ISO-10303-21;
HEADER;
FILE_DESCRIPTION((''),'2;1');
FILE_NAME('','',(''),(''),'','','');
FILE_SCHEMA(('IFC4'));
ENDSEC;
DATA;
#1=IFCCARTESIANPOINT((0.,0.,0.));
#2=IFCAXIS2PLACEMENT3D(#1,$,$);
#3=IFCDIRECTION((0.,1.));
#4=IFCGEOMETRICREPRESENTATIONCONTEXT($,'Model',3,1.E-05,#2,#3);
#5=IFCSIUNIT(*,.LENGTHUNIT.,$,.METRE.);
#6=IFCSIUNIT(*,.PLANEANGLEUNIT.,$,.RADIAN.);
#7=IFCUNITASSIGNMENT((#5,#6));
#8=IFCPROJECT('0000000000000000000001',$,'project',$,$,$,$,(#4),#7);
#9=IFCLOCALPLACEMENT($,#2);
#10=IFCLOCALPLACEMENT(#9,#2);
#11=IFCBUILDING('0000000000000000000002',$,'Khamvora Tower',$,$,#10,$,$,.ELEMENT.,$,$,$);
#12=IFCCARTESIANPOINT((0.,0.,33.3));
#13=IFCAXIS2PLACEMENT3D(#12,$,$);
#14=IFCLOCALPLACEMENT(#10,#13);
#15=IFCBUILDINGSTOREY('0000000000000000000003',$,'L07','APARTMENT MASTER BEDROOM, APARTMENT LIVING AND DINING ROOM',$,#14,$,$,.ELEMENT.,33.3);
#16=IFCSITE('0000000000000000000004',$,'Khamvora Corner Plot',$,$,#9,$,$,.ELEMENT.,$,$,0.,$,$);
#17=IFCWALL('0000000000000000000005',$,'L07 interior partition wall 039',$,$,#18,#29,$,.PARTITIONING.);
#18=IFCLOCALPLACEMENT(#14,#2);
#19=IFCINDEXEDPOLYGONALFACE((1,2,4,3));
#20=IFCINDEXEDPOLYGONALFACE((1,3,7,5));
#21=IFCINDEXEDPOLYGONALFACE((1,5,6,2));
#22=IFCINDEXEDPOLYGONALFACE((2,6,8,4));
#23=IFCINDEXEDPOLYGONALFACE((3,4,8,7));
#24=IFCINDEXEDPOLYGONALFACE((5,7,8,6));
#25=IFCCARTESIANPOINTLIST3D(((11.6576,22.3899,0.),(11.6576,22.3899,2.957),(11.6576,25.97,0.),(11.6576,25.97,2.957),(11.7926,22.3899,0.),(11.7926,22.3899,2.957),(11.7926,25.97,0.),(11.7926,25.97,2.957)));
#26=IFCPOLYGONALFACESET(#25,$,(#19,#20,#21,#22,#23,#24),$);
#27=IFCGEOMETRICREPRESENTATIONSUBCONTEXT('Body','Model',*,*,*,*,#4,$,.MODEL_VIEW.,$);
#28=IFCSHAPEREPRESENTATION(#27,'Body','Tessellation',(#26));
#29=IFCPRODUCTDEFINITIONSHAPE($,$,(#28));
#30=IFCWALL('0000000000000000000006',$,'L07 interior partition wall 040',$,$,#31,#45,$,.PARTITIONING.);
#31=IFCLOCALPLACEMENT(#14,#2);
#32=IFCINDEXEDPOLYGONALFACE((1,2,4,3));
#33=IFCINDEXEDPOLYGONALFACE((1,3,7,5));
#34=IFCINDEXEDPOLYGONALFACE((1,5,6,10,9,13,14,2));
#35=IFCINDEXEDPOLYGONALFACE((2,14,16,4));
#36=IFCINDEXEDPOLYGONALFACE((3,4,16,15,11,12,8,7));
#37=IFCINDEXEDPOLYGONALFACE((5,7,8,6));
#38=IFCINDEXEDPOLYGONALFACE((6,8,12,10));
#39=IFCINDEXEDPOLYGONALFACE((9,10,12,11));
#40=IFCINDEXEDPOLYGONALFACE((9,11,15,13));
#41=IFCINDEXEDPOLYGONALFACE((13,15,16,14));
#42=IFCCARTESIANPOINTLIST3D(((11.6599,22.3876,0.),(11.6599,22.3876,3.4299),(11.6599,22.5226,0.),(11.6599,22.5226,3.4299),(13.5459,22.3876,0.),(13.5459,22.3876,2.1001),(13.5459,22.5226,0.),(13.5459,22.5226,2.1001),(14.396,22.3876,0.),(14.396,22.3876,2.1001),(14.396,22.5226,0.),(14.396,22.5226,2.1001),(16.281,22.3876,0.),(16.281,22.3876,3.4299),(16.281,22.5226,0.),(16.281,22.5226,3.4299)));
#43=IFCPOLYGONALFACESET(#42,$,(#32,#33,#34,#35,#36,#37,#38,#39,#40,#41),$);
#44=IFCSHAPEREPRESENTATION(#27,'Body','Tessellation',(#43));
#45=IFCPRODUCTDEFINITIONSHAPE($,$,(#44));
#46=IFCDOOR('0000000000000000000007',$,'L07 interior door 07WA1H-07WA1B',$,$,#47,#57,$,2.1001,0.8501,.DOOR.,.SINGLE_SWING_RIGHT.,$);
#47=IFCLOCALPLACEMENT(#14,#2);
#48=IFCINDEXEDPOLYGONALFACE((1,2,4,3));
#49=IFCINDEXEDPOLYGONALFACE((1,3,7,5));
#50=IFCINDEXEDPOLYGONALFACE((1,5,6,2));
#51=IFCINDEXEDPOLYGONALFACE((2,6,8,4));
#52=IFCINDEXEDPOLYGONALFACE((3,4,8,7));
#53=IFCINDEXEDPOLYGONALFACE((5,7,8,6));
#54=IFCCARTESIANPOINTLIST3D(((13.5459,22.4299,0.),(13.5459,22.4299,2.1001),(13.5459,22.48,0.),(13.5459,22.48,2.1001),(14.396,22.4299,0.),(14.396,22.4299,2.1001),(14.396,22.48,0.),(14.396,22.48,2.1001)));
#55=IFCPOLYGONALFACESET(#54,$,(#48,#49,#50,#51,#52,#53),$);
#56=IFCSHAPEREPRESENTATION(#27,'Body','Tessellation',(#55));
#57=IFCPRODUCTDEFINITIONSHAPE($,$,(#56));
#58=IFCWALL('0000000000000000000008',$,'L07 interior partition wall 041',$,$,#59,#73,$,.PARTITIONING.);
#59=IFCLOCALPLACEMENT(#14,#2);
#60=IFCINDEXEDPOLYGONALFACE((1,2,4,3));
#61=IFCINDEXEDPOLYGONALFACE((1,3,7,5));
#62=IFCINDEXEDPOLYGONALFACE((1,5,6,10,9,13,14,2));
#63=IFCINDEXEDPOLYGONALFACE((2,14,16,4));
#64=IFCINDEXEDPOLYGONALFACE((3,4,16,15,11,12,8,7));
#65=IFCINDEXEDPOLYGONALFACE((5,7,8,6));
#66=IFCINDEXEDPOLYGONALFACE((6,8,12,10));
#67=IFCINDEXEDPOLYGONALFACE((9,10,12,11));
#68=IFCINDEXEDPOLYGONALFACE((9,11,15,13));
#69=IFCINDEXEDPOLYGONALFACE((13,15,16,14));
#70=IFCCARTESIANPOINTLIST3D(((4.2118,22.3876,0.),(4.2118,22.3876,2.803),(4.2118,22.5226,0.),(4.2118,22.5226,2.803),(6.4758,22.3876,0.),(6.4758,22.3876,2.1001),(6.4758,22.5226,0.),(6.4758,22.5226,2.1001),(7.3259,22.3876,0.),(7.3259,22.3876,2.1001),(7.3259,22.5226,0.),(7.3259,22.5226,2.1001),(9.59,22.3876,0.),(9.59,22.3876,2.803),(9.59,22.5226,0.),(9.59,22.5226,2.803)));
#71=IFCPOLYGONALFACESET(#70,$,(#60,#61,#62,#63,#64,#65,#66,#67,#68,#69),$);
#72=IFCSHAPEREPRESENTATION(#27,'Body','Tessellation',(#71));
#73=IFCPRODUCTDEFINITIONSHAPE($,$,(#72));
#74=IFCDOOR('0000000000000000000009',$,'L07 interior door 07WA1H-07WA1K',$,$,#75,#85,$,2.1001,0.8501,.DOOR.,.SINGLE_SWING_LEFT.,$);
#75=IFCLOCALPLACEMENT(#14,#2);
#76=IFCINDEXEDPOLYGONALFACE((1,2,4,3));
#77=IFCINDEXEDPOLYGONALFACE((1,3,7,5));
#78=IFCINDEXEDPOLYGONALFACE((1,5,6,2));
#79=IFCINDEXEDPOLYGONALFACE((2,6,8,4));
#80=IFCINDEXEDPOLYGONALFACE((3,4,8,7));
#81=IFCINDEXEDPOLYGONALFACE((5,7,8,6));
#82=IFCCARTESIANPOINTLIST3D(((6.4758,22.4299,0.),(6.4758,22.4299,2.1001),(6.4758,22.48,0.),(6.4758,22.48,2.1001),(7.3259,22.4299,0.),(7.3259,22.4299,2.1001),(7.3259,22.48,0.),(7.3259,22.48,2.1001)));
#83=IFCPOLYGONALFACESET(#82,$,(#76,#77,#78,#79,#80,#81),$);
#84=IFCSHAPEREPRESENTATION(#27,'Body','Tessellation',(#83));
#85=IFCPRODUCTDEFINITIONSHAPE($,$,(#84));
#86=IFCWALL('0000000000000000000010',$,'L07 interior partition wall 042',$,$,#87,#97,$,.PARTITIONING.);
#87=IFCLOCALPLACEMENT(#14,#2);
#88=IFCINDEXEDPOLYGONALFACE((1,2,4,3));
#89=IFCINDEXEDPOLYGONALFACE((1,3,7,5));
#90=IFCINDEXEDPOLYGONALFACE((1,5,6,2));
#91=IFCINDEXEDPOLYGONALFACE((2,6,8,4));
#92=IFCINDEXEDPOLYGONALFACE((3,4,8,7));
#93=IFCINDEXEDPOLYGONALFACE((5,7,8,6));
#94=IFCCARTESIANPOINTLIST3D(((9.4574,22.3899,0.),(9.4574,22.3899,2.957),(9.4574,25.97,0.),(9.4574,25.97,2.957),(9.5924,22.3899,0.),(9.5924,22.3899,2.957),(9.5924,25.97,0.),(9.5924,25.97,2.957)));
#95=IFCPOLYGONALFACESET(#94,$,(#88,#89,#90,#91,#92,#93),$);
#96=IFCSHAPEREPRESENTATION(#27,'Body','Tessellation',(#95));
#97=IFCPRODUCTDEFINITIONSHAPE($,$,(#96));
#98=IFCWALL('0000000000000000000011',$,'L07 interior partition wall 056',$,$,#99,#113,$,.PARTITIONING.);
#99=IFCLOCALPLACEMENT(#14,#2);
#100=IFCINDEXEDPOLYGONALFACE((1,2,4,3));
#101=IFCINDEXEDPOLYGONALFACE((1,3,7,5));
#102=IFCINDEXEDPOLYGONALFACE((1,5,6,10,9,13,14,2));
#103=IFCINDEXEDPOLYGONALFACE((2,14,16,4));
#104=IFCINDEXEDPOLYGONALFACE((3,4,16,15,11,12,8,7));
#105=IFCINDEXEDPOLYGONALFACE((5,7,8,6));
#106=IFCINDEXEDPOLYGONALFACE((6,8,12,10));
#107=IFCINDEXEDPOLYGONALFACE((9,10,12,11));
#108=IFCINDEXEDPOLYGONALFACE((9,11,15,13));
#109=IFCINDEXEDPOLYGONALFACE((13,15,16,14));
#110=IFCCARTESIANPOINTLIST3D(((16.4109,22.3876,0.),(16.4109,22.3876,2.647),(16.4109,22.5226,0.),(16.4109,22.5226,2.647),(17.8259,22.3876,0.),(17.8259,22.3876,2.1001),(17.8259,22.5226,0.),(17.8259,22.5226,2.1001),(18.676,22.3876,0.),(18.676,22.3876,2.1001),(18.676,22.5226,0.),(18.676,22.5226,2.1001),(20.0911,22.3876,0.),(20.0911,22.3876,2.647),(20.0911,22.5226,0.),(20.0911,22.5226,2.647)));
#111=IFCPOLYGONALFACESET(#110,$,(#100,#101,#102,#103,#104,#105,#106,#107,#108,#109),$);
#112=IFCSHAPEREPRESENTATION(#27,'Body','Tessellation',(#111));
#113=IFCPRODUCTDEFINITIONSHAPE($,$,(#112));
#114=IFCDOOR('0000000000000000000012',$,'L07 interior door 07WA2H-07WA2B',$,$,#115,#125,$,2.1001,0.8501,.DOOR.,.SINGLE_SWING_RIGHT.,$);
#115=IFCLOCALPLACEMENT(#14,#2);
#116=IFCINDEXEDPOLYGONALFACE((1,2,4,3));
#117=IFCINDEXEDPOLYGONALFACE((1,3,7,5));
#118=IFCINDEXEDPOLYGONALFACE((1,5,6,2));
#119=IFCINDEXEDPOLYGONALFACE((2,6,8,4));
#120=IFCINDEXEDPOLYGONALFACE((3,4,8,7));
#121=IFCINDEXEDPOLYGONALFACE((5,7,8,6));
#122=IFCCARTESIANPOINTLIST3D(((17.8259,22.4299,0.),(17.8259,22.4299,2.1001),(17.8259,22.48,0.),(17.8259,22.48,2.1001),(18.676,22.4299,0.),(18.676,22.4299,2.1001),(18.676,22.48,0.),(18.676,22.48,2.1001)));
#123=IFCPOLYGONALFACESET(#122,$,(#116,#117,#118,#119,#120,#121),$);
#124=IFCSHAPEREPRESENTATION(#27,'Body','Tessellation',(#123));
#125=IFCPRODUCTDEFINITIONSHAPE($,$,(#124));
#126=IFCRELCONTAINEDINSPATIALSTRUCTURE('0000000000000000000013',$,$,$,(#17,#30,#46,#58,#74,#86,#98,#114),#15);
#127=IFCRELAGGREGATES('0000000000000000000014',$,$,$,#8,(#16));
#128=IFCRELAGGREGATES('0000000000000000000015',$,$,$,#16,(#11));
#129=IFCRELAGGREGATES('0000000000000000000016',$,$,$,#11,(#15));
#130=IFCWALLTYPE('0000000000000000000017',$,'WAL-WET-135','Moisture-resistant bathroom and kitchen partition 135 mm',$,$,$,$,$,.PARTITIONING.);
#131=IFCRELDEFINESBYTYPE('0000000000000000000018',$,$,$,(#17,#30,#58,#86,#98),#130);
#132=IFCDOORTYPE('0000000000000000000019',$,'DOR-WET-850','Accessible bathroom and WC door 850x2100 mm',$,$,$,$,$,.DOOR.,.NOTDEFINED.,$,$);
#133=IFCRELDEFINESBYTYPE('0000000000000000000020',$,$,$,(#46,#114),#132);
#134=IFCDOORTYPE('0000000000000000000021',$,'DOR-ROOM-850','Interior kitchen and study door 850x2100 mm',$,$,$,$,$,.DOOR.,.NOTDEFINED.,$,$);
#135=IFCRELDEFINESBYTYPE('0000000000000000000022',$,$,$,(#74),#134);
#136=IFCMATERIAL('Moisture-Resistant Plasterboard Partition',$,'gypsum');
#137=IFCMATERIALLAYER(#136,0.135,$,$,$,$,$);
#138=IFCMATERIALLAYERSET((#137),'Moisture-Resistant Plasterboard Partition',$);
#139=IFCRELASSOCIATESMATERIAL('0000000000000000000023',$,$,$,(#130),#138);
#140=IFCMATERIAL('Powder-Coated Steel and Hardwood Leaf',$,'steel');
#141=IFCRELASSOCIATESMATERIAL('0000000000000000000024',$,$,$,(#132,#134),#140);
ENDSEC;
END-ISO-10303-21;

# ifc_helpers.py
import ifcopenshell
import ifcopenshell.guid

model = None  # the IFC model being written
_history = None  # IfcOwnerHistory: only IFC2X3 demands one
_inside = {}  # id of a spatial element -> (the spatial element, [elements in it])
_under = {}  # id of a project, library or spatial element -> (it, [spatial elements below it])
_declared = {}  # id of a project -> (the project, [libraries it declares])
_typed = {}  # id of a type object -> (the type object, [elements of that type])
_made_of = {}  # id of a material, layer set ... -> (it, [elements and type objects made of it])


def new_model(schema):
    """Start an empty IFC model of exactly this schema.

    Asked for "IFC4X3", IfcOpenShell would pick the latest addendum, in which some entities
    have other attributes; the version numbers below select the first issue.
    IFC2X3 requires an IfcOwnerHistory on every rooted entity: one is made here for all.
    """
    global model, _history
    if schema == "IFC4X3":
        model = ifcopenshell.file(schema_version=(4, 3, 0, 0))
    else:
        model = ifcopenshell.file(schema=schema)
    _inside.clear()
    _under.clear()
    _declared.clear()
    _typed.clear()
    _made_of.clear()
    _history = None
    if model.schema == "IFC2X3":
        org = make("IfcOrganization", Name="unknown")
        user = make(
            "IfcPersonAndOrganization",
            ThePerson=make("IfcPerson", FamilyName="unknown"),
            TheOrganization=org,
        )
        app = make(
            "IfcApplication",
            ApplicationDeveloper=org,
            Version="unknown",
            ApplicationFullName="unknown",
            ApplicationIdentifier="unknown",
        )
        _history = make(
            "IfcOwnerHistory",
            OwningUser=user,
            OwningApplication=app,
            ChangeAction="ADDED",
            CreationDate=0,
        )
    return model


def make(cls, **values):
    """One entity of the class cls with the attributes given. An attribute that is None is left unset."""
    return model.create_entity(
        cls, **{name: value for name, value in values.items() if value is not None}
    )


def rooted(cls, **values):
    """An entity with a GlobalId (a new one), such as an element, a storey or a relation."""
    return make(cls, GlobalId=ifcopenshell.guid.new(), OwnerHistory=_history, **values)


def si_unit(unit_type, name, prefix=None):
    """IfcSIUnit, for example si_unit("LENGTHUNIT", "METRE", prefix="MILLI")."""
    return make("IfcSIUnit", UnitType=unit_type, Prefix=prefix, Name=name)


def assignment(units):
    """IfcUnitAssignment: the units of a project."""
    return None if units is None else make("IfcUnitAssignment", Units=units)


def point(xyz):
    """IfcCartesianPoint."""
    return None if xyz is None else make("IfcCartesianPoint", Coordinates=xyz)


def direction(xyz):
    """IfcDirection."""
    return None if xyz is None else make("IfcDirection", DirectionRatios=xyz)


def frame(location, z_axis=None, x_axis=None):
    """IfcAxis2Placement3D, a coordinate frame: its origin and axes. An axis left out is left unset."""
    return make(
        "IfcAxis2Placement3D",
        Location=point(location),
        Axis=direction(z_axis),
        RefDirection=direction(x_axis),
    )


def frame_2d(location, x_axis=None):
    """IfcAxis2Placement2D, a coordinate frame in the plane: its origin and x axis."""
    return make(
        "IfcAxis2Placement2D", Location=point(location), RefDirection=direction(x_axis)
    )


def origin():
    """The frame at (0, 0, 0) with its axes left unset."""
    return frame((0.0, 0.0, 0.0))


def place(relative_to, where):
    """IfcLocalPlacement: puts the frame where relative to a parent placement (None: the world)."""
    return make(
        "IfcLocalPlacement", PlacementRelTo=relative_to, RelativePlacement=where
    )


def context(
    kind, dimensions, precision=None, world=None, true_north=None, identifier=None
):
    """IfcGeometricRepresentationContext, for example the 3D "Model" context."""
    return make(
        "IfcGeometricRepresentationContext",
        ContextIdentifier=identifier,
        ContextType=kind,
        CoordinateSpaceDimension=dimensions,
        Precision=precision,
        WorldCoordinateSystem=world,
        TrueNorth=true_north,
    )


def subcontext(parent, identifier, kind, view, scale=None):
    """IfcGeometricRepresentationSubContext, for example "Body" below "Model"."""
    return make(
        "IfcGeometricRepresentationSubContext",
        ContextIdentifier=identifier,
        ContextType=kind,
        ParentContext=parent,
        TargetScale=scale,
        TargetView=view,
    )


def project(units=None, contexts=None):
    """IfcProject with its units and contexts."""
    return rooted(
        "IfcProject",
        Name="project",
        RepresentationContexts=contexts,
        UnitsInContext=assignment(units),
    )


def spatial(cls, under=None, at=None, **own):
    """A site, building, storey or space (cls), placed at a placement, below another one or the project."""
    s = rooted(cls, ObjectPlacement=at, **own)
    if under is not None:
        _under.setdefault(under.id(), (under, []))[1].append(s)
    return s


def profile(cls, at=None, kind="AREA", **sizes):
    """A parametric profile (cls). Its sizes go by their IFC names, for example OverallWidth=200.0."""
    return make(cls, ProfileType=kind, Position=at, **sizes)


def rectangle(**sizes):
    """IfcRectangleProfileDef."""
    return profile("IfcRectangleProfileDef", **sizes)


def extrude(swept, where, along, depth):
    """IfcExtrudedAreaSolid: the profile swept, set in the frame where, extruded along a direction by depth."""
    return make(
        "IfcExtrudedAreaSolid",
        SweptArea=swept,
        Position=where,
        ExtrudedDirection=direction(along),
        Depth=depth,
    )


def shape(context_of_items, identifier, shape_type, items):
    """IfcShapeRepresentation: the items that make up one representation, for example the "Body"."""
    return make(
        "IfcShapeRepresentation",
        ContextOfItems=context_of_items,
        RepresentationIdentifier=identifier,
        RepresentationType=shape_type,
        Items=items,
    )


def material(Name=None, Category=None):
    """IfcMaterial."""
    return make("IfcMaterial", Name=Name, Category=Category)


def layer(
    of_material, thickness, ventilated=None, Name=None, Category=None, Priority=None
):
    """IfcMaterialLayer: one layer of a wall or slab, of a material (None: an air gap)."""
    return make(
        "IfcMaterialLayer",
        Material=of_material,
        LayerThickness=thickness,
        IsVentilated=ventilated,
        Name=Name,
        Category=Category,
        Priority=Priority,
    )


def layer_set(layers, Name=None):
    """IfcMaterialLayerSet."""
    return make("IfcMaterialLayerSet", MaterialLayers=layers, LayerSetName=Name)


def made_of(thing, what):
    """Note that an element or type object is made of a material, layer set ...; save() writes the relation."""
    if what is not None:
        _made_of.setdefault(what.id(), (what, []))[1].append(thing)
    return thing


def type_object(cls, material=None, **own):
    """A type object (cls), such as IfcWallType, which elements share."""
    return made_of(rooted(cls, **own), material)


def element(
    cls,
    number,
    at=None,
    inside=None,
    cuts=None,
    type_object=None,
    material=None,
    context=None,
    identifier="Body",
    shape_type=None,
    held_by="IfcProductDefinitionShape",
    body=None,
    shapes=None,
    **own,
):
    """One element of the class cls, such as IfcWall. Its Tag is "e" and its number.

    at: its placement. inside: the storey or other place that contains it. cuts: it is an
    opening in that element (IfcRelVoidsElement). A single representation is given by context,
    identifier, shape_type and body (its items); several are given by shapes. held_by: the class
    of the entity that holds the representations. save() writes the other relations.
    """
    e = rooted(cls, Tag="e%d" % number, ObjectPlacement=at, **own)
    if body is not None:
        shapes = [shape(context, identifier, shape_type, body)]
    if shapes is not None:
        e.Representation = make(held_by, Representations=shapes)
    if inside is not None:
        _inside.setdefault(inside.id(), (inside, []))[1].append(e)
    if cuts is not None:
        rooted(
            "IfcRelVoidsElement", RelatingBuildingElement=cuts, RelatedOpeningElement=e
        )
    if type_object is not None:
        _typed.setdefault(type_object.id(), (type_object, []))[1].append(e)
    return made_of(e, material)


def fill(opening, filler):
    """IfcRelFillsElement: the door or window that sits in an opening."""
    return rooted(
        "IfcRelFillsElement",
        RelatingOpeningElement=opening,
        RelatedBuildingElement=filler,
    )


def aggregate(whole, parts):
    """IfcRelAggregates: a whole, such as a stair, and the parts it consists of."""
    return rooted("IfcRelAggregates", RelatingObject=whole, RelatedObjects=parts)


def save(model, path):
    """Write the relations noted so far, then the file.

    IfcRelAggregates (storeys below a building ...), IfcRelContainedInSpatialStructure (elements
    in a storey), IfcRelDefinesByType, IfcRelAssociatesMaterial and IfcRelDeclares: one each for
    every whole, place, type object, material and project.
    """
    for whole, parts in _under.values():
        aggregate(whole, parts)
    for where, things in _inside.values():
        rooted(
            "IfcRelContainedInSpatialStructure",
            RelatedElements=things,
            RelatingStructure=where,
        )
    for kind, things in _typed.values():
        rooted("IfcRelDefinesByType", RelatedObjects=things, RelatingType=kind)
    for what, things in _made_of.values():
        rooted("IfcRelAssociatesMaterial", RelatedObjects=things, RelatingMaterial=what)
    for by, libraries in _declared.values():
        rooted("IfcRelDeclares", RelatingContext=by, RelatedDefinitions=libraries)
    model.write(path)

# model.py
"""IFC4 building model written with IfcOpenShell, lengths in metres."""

from ifc_helpers import new_model, si_unit, direction, frame, frame_2d, origin, place, context, subcontext, project, spatial, rectangle, extrude, material, layer, layer_set, type_object, element, fill, save


model = new_model("IFC4")

# Units and contexts
model_context = context("Model", 3, precision=1e-05, world=origin(), true_north=direction((0.0, 1.0)))
body_context = subcontext(model_context, "Body", "Model", "MODEL_VIEW")
ifc_project = project(units=[si_unit("LENGTHUNIT", "METRE"), si_unit("PLANEANGLEUNIT", "RADIAN")], contexts=[model_context])

# Site, building, storey
site_placement = place(None, origin())
site = spatial("IfcSite", under=ifc_project, at=site_placement, Name="Khamvora Corner Plot", CompositionType="ELEMENT", RefElevation=0.0)
building_placement = place(site_placement, origin())
building = spatial("IfcBuilding", under=site, at=building_placement, Name="Khamvora Tower", CompositionType="ELEMENT")
storey_placement = place(building_placement, frame((0.0, 0.0, 33.3)))
storey = spatial("IfcBuildingStorey", under=building, at=storey_placement, Name="L07", Description="APARTMENT MASTER BEDROOM, APARTMENT LIVING AND DINING ROOM", CompositionType="ELEMENT", Elevation=33.3)

# Shared definitions
ifc_material_1 = material(Name="Powder-Coated Steel and Hardwood Leaf", Category="steel")

# Wall
ifc_material_2 = material(Name="Moisture-Resistant Plasterboard Partition", Category="gypsum")
ifc_layer_1 = layer(ifc_material_2, 0.135)
ifc_layer_set_1 = layer_set([ifc_layer_1], Name="Moisture-Resistant Plasterboard Partition")
wall_type_1 = type_object("IfcWallType", Name="WAL-WET-135", Description="Moisture-resistant bathroom and kitchen partition 135 mm", PredefinedType="PARTITIONING", material=ifc_layer_set_1)
wall_1_placement = place(storey_placement, frame((11.7251, 25.97, 0.0), z_axis=(0.0, 0.0, 1.0), x_axis=(0.0, -1.0, 0.0)))
element("IfcWall", 1, at=wall_1_placement, inside=storey, type_object=wall_type_1, Name="L07 interior partition wall 039", PredefinedType="PARTITIONING", context=body_context, shape_type="SweptSolid", body=[
    extrude(rectangle(XDim=3.5801, YDim=0.135, at=frame_2d((1.79, 0.0))), origin(), (0.0, 0.0, 1.0), 2.957),
])

# Walls, openings, doors
wall_2_placement = place(storey_placement, frame((11.6599, 22.4551, 0.0), z_axis=(0.0, 0.0, 1.0), x_axis=(1.0, 0.0, 0.0)))
wall_2 = element("IfcWall", 2, at=wall_2_placement, inside=storey, type_object=wall_type_1, Name="L07 interior partition wall 040", PredefinedType="PARTITIONING", context=body_context, shape_type="SweptSolid", body=[
    extrude(rectangle(XDim=4.6211, YDim=0.135, at=frame_2d((2.3105, 0.0))), origin(), (0.0, 0.0, 1.0), 3.4299),
])
opening_1_placement = place(wall_2_placement, frame((1.886, 0.0, 0.0)))
opening_1 = element("IfcOpeningElement", 3, at=opening_1_placement, cuts=wall_2, PredefinedType="OPENING", context=body_context, shape_type="SweptSolid", body=[
    extrude(rectangle(XDim=0.8501, YDim=2.1001, at=frame_2d((0.425, 1.05))), frame((0.0, 0.0774, 0.0), z_axis=(0.0, -1.0, 0.0), x_axis=(1.0, 0.0, 0.0)), (0.0, 0.0, 1.0), 0.155),
])
door_type_1 = type_object("IfcDoorType", Name="DOR-WET-850", Description="Accessible bathroom and WC door 850x2100 mm", OperationType="NOTDEFINED", PredefinedType="DOOR", material=ifc_material_1)
door_1_placement = place(opening_1_placement, origin())
door_1 = element("IfcDoor", 4, at=door_1_placement, inside=storey, type_object=door_type_1, Name="L07 interior door 07WA1H-07WA1B", OperationType="SINGLE_SWING_RIGHT", OverallHeight=2.1001, OverallWidth=0.8501, PredefinedType="DOOR", context=body_context, shape_type="SweptSolid", body=[
    extrude(rectangle(XDim=0.8501, YDim=2.1001, at=frame_2d((0.425, 1.05))), frame((0.0, 0.0249, 0.0), z_axis=(0.0, -1.0, 0.0), x_axis=(1.0, 0.0, 0.0)), (0.0, 0.0, 1.0), 0.05),
])
fill(opening_1, door_1)
wall_3_placement = place(storey_placement, frame((4.2119, 22.4551, 0.0), z_axis=(0.0, 0.0, 1.0), x_axis=(1.0, 0.0, 0.0)))
wall_3 = element("IfcWall", 5, at=wall_3_placement, inside=storey, type_object=wall_type_1, Name="L07 interior partition wall 041", PredefinedType="PARTITIONING", context=body_context, shape_type="SweptSolid", body=[
    extrude(rectangle(XDim=5.3782, YDim=0.135, at=frame_2d((2.689, 0.0))), origin(), (0.0, 0.0, 1.0), 2.803),
])
opening_2_placement = place(wall_3_placement, frame((2.2639, 0.0, 0.0)))
opening_2 = element("IfcOpeningElement", 6, at=opening_2_placement, cuts=wall_3, PredefinedType="OPENING", context=body_context, shape_type="SweptSolid", body=[
    extrude(rectangle(XDim=0.8501, YDim=2.1001, at=frame_2d((0.425, 1.05))), frame((0.0, 0.0774, 0.0), z_axis=(0.0, -1.0, 0.0), x_axis=(1.0, 0.0, 0.0)), (0.0, 0.0, 1.0), 0.155),
])
door_type_2 = type_object("IfcDoorType", Name="DOR-ROOM-850", Description="Interior kitchen and study door 850x2100 mm", OperationType="NOTDEFINED", PredefinedType="DOOR", material=ifc_material_1)
door_2_placement = place(opening_2_placement, origin())
door_2 = element("IfcDoor", 7, at=door_2_placement, inside=storey, type_object=door_type_2, Name="L07 interior door 07WA1H-07WA1K", OperationType="SINGLE_SWING_LEFT", OverallHeight=2.1001, OverallWidth=0.8501, PredefinedType="DOOR", context=body_context, shape_type="SweptSolid", body=[
    extrude(rectangle(XDim=0.8501, YDim=2.1001, at=frame_2d((0.425, 1.05))), frame((0.0, 0.0249, 0.0), z_axis=(0.0, -1.0, 0.0), x_axis=(1.0, 0.0, 0.0)), (0.0, 0.0, 1.0), 0.05),
])
fill(opening_2, door_2)

# Wall
wall_4_placement = place(storey_placement, frame((9.5249, 22.3899, 0.0), z_axis=(0.0, 0.0, 1.0), x_axis=(0.0, 1.0, 0.0)))
element("IfcWall", 8, at=wall_4_placement, inside=storey, type_object=wall_type_1, Name="L07 interior partition wall 042", PredefinedType="PARTITIONING", context=body_context, shape_type="SweptSolid", body=[
    extrude(rectangle(XDim=3.5801, YDim=0.135, at=frame_2d((1.79, 0.0))), origin(), (0.0, 0.0, 1.0), 2.957),
])

# Wall, opening, door
wall_5_placement = place(storey_placement, frame((16.4109, 22.4551, 0.0), z_axis=(0.0, 0.0, 1.0), x_axis=(1.0, 0.0, 0.0)))
wall_5 = element("IfcWall", 9, at=wall_5_placement, inside=storey, type_object=wall_type_1, Name="L07 interior partition wall 056", PredefinedType="PARTITIONING", context=body_context, shape_type="SweptSolid", body=[
    extrude(rectangle(XDim=3.6802, YDim=0.135, at=frame_2d((1.8401, 0.0))), origin(), (0.0, 0.0, 1.0), 2.647),
])
opening_3_placement = place(wall_5_placement, frame((1.415, 0.0, 0.0)))
opening_3 = element("IfcOpeningElement", 10, at=opening_3_placement, cuts=wall_5, PredefinedType="OPENING", context=body_context, shape_type="SweptSolid", body=[
    extrude(rectangle(XDim=0.8501, YDim=2.1001, at=frame_2d((0.425, 1.05))), frame((0.0, 0.0774, 0.0), z_axis=(0.0, -1.0, 0.0), x_axis=(1.0, 0.0, 0.0)), (0.0, 0.0, 1.0), 0.155),
])
door_3_placement = place(opening_3_placement, origin())
door_3 = element("IfcDoor", 11, at=door_3_placement, inside=storey, type_object=door_type_1, Name="L07 interior door 07WA2H-07WA2B", OperationType="SINGLE_SWING_RIGHT", OverallHeight=2.1001, OverallWidth=0.8501, PredefinedType="DOOR", context=body_context, shape_type="SweptSolid", body=[
    extrude(rectangle(XDim=0.8501, YDim=2.1001, at=frame_2d((0.425, 1.05))), frame((0.0, 0.0249, 0.0), z_axis=(0.0, -1.0, 0.0), x_axis=(1.0, 0.0, 0.0)), (0.0, 0.0, 1.0), 0.05),
])
fill(opening_3, door_3)

save(model, "model.ifc")
